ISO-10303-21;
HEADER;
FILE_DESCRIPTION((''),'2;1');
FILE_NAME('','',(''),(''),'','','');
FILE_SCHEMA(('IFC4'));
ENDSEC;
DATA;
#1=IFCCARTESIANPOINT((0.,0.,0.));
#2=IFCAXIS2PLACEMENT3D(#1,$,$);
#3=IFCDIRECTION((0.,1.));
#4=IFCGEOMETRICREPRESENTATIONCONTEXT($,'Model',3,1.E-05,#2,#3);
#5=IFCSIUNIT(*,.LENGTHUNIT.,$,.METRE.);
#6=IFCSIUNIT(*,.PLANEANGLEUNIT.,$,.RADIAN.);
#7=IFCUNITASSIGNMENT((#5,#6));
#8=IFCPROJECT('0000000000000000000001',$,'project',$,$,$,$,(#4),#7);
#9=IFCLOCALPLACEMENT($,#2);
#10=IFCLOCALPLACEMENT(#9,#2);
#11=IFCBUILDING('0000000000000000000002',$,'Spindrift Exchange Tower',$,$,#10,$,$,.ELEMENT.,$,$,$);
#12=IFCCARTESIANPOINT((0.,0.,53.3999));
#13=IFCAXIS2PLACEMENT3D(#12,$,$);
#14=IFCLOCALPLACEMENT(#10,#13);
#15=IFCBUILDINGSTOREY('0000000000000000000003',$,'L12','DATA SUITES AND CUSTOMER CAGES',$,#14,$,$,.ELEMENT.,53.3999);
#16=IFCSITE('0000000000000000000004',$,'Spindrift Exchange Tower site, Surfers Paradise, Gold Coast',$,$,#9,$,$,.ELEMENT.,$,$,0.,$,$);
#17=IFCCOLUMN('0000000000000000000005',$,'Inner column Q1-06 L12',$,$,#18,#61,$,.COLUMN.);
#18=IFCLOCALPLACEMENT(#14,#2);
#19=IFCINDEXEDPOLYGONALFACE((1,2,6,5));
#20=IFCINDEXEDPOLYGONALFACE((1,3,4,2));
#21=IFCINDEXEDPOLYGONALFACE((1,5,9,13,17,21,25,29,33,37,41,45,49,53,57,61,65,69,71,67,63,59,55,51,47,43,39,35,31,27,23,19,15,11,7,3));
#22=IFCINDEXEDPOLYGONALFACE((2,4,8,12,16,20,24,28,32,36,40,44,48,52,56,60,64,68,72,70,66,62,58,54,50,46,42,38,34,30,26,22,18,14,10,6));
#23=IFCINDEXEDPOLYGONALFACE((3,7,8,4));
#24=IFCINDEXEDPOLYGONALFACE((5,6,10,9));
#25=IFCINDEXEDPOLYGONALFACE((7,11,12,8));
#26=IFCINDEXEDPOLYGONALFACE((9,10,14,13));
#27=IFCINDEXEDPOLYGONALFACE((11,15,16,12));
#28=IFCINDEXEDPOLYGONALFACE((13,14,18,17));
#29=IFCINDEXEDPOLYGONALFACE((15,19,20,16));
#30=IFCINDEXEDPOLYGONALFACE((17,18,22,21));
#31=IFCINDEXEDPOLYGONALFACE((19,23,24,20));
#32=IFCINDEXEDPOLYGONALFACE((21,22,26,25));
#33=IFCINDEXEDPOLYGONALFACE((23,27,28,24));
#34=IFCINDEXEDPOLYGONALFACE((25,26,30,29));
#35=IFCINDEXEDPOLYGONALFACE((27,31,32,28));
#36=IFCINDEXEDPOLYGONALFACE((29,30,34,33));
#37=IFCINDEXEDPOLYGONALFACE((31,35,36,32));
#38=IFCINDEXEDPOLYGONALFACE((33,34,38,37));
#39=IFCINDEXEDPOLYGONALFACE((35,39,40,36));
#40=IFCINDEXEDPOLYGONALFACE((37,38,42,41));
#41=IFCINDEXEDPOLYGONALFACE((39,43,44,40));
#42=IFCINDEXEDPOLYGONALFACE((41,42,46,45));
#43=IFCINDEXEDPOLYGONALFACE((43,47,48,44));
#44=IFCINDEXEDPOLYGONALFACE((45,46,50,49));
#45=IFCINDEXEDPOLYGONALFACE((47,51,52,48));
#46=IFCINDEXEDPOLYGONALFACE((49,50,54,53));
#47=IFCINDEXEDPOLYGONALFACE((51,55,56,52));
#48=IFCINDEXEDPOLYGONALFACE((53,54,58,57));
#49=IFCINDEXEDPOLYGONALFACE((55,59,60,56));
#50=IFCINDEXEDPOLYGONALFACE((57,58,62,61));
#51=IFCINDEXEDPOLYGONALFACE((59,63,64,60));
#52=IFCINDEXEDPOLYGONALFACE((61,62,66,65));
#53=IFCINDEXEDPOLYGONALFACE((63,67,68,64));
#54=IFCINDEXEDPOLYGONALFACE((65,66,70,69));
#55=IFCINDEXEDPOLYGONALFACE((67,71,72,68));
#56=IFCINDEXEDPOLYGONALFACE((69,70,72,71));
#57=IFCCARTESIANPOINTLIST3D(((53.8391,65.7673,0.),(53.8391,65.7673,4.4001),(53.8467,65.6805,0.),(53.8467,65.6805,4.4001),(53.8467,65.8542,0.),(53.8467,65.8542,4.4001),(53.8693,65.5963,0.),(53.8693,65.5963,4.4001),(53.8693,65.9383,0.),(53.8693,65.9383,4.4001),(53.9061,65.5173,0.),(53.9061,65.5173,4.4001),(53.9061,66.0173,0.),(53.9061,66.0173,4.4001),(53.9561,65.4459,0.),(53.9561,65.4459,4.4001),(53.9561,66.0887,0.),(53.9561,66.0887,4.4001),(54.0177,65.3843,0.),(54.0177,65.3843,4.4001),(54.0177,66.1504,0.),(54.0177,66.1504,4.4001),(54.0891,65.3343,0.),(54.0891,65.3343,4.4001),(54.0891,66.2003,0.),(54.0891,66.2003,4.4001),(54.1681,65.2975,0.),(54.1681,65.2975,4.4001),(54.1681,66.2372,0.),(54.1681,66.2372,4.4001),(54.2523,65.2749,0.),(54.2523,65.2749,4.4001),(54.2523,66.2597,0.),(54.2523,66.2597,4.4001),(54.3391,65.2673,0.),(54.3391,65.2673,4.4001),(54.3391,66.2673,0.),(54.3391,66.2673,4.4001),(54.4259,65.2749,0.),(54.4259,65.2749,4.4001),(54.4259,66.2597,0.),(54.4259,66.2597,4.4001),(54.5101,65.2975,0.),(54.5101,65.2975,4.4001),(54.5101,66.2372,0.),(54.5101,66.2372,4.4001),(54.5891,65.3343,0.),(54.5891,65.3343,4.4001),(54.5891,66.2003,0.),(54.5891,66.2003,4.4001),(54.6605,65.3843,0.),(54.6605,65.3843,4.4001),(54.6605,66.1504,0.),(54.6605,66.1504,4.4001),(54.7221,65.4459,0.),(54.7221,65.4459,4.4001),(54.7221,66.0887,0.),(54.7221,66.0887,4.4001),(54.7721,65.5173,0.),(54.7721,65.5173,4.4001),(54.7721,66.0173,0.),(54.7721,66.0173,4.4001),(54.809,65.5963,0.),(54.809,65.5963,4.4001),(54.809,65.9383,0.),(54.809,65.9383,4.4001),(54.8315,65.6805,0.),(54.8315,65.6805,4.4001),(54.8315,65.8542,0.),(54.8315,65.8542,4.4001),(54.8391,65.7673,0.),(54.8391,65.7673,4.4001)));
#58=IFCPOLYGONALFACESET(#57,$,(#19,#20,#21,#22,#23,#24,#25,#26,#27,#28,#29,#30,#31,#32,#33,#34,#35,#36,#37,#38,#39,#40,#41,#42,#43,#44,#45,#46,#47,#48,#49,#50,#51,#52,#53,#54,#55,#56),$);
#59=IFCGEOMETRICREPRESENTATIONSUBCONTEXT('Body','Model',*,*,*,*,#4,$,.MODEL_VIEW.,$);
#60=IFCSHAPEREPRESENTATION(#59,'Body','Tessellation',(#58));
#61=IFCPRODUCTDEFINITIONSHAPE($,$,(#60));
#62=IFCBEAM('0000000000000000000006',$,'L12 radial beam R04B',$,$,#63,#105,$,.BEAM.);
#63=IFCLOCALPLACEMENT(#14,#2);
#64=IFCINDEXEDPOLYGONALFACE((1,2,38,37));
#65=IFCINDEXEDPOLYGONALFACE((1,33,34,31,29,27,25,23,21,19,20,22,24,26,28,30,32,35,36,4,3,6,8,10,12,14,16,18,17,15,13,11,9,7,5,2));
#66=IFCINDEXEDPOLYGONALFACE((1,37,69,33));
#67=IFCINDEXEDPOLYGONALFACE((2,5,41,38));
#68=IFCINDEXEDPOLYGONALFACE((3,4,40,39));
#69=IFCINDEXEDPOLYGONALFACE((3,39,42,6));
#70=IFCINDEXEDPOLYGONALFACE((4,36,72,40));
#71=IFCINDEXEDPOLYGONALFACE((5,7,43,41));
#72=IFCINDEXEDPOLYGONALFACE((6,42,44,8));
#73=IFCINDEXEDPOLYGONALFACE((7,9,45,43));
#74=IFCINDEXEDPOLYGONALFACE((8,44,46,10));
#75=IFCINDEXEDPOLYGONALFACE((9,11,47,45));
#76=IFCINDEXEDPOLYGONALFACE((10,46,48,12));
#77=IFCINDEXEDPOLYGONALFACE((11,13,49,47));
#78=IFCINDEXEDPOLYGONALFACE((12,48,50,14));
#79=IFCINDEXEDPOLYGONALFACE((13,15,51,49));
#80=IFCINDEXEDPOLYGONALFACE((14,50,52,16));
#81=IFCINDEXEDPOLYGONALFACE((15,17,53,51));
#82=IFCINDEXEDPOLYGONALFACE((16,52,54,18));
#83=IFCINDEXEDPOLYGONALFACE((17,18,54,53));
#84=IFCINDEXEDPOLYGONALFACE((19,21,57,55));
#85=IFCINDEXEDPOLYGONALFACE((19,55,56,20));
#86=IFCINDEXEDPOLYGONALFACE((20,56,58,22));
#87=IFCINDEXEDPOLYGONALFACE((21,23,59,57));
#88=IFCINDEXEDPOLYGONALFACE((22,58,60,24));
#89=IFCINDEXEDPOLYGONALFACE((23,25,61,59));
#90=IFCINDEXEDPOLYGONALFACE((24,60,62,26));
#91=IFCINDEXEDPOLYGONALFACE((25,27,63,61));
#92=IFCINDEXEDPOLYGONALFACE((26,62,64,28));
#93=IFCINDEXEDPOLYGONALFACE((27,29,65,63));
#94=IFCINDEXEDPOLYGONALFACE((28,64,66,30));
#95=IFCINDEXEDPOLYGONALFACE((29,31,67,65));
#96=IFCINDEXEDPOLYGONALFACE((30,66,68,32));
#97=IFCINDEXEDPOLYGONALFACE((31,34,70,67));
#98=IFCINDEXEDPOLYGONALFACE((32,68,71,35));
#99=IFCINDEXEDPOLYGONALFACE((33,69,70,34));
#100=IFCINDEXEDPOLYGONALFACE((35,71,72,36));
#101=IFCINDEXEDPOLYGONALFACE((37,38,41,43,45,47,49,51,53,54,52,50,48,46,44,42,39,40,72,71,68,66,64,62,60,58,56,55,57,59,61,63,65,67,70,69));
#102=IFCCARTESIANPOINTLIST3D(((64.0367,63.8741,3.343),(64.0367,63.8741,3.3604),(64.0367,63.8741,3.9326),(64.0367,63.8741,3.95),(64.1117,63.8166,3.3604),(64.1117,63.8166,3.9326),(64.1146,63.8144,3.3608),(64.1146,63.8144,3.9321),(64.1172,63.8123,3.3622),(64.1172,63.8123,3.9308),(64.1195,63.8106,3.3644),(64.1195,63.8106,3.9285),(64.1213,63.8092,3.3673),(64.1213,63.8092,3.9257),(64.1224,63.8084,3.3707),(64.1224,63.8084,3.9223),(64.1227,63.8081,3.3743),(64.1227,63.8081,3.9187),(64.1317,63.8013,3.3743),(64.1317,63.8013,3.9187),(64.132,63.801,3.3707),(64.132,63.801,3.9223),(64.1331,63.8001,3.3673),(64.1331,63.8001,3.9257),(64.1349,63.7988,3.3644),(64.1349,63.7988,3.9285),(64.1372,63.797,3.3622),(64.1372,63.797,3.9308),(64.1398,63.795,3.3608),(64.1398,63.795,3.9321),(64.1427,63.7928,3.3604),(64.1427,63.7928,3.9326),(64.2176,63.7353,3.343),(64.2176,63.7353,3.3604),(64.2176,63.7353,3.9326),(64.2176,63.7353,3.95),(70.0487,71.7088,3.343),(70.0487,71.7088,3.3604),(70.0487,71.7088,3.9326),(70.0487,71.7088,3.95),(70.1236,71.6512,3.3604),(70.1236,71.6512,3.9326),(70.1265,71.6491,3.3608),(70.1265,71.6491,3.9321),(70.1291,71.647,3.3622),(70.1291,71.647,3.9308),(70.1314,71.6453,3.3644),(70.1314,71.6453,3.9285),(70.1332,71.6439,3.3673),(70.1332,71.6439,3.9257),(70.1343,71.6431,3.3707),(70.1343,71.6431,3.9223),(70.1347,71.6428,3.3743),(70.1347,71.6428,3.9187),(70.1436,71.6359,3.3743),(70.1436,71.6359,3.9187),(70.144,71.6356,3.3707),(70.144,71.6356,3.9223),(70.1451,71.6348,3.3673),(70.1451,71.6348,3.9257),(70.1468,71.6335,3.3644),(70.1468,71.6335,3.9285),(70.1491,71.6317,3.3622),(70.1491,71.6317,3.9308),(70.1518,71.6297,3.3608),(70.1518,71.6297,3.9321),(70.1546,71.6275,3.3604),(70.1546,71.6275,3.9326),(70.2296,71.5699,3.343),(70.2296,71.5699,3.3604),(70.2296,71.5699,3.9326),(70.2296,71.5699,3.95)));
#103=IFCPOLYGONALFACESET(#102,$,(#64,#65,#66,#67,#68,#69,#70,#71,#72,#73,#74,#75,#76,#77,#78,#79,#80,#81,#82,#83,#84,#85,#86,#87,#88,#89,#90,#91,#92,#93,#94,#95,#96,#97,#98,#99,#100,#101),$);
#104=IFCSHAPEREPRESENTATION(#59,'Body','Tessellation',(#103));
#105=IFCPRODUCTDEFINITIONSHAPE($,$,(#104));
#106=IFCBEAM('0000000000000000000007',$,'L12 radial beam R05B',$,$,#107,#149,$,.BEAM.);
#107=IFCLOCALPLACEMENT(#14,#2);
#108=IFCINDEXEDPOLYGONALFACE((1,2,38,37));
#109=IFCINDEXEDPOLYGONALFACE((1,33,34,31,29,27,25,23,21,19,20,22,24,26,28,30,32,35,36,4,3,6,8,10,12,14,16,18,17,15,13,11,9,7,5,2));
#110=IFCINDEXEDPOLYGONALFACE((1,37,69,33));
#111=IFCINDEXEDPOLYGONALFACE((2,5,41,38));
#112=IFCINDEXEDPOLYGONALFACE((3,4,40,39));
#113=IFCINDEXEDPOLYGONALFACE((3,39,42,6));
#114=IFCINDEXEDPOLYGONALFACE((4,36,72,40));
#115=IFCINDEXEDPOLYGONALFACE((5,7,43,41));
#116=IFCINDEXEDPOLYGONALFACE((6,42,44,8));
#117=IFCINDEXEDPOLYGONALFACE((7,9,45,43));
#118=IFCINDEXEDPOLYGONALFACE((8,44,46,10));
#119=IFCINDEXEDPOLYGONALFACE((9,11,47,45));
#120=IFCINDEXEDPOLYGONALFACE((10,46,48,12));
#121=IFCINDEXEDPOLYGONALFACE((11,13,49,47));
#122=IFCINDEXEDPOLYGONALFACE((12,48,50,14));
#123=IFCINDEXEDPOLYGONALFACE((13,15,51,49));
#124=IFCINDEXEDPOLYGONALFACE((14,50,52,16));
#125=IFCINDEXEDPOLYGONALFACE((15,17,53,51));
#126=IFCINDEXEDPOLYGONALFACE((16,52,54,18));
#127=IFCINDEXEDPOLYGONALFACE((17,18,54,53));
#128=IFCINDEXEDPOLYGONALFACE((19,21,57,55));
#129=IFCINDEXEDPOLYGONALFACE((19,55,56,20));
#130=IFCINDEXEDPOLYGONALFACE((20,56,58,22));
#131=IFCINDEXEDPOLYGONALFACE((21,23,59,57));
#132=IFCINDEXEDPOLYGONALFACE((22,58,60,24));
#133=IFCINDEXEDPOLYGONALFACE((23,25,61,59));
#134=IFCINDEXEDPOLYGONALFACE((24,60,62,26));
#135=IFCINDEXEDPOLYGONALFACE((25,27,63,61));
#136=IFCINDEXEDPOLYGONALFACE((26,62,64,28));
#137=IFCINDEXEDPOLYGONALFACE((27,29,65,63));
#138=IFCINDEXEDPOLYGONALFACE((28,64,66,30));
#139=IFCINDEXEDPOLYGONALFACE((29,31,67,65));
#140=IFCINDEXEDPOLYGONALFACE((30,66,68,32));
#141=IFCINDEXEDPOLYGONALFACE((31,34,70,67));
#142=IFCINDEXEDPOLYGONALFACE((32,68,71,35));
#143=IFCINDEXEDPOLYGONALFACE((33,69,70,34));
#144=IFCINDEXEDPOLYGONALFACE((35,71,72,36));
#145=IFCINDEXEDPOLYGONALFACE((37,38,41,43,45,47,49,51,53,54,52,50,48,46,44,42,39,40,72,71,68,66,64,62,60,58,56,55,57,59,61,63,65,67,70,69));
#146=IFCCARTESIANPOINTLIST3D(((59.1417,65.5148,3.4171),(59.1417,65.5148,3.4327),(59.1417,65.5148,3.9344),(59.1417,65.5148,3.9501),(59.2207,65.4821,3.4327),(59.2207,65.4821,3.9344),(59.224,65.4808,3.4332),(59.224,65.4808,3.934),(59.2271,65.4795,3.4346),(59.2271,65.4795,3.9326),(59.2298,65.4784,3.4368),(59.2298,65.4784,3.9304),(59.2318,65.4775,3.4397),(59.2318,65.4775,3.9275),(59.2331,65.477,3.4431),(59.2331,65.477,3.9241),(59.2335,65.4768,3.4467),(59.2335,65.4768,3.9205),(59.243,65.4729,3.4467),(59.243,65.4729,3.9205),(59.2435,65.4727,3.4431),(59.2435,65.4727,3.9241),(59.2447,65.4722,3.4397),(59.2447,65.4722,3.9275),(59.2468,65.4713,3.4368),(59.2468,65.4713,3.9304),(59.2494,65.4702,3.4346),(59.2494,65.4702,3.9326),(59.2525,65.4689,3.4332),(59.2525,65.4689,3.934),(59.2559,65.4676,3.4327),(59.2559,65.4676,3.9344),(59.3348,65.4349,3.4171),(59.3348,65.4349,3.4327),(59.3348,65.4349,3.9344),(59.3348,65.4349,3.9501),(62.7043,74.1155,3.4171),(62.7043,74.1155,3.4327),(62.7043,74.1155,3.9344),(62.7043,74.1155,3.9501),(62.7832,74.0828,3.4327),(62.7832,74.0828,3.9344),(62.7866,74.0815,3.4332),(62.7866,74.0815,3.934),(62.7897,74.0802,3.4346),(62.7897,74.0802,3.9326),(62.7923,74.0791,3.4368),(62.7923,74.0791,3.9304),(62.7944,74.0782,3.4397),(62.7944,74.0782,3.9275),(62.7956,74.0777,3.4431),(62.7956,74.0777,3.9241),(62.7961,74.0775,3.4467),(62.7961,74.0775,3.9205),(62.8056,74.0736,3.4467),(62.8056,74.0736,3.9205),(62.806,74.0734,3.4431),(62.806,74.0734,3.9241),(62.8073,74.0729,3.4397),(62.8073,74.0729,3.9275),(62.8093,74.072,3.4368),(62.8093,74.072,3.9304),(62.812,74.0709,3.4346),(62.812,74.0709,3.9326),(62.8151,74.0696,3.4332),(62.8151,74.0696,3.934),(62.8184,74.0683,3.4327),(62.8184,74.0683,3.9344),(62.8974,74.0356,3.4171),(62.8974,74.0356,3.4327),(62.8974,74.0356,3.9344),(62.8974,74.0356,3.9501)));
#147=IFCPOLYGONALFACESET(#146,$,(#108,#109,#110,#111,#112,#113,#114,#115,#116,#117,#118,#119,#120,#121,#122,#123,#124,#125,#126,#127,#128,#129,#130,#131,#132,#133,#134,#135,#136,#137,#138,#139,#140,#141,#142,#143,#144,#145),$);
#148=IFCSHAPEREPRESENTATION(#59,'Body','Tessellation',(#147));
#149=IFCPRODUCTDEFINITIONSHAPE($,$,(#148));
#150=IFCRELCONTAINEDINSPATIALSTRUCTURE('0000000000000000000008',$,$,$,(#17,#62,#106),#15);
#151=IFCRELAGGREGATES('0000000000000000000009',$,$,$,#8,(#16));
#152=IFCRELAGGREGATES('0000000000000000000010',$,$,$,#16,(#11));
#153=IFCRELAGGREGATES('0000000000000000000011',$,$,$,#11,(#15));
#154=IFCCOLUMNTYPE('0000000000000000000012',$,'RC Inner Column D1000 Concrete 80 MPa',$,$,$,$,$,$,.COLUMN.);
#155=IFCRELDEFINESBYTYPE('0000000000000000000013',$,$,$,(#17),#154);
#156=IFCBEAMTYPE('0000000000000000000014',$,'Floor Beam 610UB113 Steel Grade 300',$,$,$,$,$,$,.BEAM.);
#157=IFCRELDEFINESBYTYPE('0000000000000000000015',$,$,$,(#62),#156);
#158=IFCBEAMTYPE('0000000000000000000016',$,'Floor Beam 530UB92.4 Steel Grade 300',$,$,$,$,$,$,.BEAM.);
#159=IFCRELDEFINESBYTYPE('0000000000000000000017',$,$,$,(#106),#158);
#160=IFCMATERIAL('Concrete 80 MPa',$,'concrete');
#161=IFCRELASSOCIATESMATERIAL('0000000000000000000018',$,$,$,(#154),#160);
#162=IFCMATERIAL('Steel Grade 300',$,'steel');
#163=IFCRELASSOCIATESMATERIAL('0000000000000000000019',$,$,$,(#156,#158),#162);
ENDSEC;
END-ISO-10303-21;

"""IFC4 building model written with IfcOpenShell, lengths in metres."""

from ifc_helpers import new_model, si_unit, direction, frame, origin, origin_2d, place, context, subcontext, project, spatial, circle, i_section, extrude, source, transform, mapped, material, material_profile, profile_set, type_object, element, save


model = new_model("IFC4")

# Units and contexts
model_context = context("Model", 3, precision=1e-05, world=origin(), true_north=direction((0.0, 1.0)))
body_context = subcontext(model_context, "Body", "Model", "MODEL_VIEW")
ifc_project = project(units=[si_unit("LENGTHUNIT", "METRE"), si_unit("PLANEANGLEUNIT", "RADIAN")], contexts=[model_context])

# Site, building, storey
site_placement = place(None, origin())
site = spatial("IfcSite", under=ifc_project, at=site_placement, Name="Spindrift Exchange Tower site, Surfers Paradise, Gold Coast", CompositionType="ELEMENT", RefElevation=0.0)
building_placement = place(site_placement, origin())
building = spatial("IfcBuilding", under=site, at=building_placement, Name="Spindrift Exchange Tower", CompositionType="ELEMENT")
storey_placement = place(building_placement, frame((0.0, 0.0, 53.3999)))
storey = spatial("IfcBuildingStorey", under=building, at=storey_placement, Name="L12", Description="DATA SUITES AND CUSTOMER CAGES", CompositionType="ELEMENT", Elevation=53.3999)

# Column
ifc_material_1 = material(Name="Concrete 80 MPa", Category="concrete")
ifc_material_profile_1 = material_profile(ifc_material_1, circle(Radius=0.5, at=origin_2d()), Name="RC D1000")
ifc_profile_set_1 = profile_set([ifc_material_profile_1], Name="Concrete 80 MPa")
column_type_1 = type_object("IfcColumnType", Name="RC Inner Column D1000 Concrete 80 MPa", PredefinedType="COLUMN", material=ifc_profile_set_1)
shared_shape_1 = source(origin(), body_context, "Body", "SweptSolid", [
    extrude(circle(Radius=0.5, at=origin_2d()), origin(), (0.0, 0.0, 1.0), 4.4001),
])
for number, where, z_axis, x_axis, name in (
    (1, (54.3391, 65.7673, 0.0), (0.0, 0.0, 1.0), (1.0, 0.0, 0.0), "Inner column Q1-06 L12"),
):
    element("IfcColumn", number, at=place(storey_placement, frame(where, z_axis=z_axis, x_axis=x_axis)), inside=storey, type_object=column_type_1, Name=name, PredefinedType="COLUMN", context=body_context, shape_type="MappedRepresentation", body=[
        mapped(shared_shape_1, transform((0.0, 0.0, 0.0), scale=1.0)),
    ])

# Beams
ifc_material_2 = material(Name="Steel Grade 300", Category="steel")
ifc_material_profile_2 = material_profile(ifc_material_2, i_section(OverallWidth=0.228, OverallDepth=0.6069, WebThickness=0.0112, FlangeThickness=0.0173, FilletRadius=0.0139, at=origin_2d()), Name="610UB113")
ifc_profile_set_2 = profile_set([ifc_material_profile_2], Name="Steel Grade 300")
beam_type_1 = type_object("IfcBeamType", Name="Floor Beam 610UB113 Steel Grade 300", PredefinedType="BEAM", material=ifc_profile_set_2)
shared_shape_2 = source(origin(), body_context, "Body", "SweptSolid", [
    extrude(i_section(OverallWidth=0.228, OverallDepth=0.6069, WebThickness=0.0112, FlangeThickness=0.0173, FilletRadius=0.0139, at=origin_2d()), origin(), (0.0, 0.0, 1.0), 9.8755),
])
beam_1_placement = place(storey_placement, frame((64.1272, 63.8047, 3.6465), z_axis=(0.608772, 0.793345, 0.0), x_axis=(-0.793345, 0.608772, 0.0)))
element("IfcBeam", 2, at=beam_1_placement, inside=storey, type_object=beam_type_1, Name="L12 radial beam R04B", PredefinedType="BEAM", context=body_context, shape_type="MappedRepresentation", body=[
    mapped(shared_shape_2, transform((0.0, 0.0, 0.0), scale=1.0)),
])
ifc_material_profile_3 = material_profile(ifc_material_2, i_section(OverallWidth=0.209, OverallDepth=0.533, WebThickness=0.0103, FlangeThickness=0.0156, FilletRadius=0.0139, at=origin_2d()), Name="530UB92.4")
ifc_profile_set_3 = profile_set([ifc_material_profile_3], Name="Steel Grade 300")
beam_type_2 = type_object("IfcBeamType", Name="Floor Beam 530UB92.4 Steel Grade 300", PredefinedType="BEAM", material=ifc_profile_set_3)
shared_shape_3 = source(origin(), body_context, "Body", "SweptSolid", [
    extrude(i_section(OverallWidth=0.209, OverallDepth=0.533, WebThickness=0.0103, FlangeThickness=0.0156, FilletRadius=0.0139, at=origin_2d()), origin(), (0.0, 0.0, 1.0), 9.3093),
])
beam_2_placement = place(storey_placement, frame((59.2383, 65.4749, 3.6836), z_axis=(0.382685, 0.923879, 0.0), x_axis=(-0.923879, 0.382685, 0.0)))
element("IfcBeam", 3, at=beam_2_placement, inside=storey, type_object=beam_type_2, Name="L12 radial beam R05B", PredefinedType="BEAM", context=body_context, shape_type="MappedRepresentation", body=[
    mapped(shared_shape_3, transform((0.0, 0.0, 0.0), scale=1.0)),
])

save(model, "model.ifc")
